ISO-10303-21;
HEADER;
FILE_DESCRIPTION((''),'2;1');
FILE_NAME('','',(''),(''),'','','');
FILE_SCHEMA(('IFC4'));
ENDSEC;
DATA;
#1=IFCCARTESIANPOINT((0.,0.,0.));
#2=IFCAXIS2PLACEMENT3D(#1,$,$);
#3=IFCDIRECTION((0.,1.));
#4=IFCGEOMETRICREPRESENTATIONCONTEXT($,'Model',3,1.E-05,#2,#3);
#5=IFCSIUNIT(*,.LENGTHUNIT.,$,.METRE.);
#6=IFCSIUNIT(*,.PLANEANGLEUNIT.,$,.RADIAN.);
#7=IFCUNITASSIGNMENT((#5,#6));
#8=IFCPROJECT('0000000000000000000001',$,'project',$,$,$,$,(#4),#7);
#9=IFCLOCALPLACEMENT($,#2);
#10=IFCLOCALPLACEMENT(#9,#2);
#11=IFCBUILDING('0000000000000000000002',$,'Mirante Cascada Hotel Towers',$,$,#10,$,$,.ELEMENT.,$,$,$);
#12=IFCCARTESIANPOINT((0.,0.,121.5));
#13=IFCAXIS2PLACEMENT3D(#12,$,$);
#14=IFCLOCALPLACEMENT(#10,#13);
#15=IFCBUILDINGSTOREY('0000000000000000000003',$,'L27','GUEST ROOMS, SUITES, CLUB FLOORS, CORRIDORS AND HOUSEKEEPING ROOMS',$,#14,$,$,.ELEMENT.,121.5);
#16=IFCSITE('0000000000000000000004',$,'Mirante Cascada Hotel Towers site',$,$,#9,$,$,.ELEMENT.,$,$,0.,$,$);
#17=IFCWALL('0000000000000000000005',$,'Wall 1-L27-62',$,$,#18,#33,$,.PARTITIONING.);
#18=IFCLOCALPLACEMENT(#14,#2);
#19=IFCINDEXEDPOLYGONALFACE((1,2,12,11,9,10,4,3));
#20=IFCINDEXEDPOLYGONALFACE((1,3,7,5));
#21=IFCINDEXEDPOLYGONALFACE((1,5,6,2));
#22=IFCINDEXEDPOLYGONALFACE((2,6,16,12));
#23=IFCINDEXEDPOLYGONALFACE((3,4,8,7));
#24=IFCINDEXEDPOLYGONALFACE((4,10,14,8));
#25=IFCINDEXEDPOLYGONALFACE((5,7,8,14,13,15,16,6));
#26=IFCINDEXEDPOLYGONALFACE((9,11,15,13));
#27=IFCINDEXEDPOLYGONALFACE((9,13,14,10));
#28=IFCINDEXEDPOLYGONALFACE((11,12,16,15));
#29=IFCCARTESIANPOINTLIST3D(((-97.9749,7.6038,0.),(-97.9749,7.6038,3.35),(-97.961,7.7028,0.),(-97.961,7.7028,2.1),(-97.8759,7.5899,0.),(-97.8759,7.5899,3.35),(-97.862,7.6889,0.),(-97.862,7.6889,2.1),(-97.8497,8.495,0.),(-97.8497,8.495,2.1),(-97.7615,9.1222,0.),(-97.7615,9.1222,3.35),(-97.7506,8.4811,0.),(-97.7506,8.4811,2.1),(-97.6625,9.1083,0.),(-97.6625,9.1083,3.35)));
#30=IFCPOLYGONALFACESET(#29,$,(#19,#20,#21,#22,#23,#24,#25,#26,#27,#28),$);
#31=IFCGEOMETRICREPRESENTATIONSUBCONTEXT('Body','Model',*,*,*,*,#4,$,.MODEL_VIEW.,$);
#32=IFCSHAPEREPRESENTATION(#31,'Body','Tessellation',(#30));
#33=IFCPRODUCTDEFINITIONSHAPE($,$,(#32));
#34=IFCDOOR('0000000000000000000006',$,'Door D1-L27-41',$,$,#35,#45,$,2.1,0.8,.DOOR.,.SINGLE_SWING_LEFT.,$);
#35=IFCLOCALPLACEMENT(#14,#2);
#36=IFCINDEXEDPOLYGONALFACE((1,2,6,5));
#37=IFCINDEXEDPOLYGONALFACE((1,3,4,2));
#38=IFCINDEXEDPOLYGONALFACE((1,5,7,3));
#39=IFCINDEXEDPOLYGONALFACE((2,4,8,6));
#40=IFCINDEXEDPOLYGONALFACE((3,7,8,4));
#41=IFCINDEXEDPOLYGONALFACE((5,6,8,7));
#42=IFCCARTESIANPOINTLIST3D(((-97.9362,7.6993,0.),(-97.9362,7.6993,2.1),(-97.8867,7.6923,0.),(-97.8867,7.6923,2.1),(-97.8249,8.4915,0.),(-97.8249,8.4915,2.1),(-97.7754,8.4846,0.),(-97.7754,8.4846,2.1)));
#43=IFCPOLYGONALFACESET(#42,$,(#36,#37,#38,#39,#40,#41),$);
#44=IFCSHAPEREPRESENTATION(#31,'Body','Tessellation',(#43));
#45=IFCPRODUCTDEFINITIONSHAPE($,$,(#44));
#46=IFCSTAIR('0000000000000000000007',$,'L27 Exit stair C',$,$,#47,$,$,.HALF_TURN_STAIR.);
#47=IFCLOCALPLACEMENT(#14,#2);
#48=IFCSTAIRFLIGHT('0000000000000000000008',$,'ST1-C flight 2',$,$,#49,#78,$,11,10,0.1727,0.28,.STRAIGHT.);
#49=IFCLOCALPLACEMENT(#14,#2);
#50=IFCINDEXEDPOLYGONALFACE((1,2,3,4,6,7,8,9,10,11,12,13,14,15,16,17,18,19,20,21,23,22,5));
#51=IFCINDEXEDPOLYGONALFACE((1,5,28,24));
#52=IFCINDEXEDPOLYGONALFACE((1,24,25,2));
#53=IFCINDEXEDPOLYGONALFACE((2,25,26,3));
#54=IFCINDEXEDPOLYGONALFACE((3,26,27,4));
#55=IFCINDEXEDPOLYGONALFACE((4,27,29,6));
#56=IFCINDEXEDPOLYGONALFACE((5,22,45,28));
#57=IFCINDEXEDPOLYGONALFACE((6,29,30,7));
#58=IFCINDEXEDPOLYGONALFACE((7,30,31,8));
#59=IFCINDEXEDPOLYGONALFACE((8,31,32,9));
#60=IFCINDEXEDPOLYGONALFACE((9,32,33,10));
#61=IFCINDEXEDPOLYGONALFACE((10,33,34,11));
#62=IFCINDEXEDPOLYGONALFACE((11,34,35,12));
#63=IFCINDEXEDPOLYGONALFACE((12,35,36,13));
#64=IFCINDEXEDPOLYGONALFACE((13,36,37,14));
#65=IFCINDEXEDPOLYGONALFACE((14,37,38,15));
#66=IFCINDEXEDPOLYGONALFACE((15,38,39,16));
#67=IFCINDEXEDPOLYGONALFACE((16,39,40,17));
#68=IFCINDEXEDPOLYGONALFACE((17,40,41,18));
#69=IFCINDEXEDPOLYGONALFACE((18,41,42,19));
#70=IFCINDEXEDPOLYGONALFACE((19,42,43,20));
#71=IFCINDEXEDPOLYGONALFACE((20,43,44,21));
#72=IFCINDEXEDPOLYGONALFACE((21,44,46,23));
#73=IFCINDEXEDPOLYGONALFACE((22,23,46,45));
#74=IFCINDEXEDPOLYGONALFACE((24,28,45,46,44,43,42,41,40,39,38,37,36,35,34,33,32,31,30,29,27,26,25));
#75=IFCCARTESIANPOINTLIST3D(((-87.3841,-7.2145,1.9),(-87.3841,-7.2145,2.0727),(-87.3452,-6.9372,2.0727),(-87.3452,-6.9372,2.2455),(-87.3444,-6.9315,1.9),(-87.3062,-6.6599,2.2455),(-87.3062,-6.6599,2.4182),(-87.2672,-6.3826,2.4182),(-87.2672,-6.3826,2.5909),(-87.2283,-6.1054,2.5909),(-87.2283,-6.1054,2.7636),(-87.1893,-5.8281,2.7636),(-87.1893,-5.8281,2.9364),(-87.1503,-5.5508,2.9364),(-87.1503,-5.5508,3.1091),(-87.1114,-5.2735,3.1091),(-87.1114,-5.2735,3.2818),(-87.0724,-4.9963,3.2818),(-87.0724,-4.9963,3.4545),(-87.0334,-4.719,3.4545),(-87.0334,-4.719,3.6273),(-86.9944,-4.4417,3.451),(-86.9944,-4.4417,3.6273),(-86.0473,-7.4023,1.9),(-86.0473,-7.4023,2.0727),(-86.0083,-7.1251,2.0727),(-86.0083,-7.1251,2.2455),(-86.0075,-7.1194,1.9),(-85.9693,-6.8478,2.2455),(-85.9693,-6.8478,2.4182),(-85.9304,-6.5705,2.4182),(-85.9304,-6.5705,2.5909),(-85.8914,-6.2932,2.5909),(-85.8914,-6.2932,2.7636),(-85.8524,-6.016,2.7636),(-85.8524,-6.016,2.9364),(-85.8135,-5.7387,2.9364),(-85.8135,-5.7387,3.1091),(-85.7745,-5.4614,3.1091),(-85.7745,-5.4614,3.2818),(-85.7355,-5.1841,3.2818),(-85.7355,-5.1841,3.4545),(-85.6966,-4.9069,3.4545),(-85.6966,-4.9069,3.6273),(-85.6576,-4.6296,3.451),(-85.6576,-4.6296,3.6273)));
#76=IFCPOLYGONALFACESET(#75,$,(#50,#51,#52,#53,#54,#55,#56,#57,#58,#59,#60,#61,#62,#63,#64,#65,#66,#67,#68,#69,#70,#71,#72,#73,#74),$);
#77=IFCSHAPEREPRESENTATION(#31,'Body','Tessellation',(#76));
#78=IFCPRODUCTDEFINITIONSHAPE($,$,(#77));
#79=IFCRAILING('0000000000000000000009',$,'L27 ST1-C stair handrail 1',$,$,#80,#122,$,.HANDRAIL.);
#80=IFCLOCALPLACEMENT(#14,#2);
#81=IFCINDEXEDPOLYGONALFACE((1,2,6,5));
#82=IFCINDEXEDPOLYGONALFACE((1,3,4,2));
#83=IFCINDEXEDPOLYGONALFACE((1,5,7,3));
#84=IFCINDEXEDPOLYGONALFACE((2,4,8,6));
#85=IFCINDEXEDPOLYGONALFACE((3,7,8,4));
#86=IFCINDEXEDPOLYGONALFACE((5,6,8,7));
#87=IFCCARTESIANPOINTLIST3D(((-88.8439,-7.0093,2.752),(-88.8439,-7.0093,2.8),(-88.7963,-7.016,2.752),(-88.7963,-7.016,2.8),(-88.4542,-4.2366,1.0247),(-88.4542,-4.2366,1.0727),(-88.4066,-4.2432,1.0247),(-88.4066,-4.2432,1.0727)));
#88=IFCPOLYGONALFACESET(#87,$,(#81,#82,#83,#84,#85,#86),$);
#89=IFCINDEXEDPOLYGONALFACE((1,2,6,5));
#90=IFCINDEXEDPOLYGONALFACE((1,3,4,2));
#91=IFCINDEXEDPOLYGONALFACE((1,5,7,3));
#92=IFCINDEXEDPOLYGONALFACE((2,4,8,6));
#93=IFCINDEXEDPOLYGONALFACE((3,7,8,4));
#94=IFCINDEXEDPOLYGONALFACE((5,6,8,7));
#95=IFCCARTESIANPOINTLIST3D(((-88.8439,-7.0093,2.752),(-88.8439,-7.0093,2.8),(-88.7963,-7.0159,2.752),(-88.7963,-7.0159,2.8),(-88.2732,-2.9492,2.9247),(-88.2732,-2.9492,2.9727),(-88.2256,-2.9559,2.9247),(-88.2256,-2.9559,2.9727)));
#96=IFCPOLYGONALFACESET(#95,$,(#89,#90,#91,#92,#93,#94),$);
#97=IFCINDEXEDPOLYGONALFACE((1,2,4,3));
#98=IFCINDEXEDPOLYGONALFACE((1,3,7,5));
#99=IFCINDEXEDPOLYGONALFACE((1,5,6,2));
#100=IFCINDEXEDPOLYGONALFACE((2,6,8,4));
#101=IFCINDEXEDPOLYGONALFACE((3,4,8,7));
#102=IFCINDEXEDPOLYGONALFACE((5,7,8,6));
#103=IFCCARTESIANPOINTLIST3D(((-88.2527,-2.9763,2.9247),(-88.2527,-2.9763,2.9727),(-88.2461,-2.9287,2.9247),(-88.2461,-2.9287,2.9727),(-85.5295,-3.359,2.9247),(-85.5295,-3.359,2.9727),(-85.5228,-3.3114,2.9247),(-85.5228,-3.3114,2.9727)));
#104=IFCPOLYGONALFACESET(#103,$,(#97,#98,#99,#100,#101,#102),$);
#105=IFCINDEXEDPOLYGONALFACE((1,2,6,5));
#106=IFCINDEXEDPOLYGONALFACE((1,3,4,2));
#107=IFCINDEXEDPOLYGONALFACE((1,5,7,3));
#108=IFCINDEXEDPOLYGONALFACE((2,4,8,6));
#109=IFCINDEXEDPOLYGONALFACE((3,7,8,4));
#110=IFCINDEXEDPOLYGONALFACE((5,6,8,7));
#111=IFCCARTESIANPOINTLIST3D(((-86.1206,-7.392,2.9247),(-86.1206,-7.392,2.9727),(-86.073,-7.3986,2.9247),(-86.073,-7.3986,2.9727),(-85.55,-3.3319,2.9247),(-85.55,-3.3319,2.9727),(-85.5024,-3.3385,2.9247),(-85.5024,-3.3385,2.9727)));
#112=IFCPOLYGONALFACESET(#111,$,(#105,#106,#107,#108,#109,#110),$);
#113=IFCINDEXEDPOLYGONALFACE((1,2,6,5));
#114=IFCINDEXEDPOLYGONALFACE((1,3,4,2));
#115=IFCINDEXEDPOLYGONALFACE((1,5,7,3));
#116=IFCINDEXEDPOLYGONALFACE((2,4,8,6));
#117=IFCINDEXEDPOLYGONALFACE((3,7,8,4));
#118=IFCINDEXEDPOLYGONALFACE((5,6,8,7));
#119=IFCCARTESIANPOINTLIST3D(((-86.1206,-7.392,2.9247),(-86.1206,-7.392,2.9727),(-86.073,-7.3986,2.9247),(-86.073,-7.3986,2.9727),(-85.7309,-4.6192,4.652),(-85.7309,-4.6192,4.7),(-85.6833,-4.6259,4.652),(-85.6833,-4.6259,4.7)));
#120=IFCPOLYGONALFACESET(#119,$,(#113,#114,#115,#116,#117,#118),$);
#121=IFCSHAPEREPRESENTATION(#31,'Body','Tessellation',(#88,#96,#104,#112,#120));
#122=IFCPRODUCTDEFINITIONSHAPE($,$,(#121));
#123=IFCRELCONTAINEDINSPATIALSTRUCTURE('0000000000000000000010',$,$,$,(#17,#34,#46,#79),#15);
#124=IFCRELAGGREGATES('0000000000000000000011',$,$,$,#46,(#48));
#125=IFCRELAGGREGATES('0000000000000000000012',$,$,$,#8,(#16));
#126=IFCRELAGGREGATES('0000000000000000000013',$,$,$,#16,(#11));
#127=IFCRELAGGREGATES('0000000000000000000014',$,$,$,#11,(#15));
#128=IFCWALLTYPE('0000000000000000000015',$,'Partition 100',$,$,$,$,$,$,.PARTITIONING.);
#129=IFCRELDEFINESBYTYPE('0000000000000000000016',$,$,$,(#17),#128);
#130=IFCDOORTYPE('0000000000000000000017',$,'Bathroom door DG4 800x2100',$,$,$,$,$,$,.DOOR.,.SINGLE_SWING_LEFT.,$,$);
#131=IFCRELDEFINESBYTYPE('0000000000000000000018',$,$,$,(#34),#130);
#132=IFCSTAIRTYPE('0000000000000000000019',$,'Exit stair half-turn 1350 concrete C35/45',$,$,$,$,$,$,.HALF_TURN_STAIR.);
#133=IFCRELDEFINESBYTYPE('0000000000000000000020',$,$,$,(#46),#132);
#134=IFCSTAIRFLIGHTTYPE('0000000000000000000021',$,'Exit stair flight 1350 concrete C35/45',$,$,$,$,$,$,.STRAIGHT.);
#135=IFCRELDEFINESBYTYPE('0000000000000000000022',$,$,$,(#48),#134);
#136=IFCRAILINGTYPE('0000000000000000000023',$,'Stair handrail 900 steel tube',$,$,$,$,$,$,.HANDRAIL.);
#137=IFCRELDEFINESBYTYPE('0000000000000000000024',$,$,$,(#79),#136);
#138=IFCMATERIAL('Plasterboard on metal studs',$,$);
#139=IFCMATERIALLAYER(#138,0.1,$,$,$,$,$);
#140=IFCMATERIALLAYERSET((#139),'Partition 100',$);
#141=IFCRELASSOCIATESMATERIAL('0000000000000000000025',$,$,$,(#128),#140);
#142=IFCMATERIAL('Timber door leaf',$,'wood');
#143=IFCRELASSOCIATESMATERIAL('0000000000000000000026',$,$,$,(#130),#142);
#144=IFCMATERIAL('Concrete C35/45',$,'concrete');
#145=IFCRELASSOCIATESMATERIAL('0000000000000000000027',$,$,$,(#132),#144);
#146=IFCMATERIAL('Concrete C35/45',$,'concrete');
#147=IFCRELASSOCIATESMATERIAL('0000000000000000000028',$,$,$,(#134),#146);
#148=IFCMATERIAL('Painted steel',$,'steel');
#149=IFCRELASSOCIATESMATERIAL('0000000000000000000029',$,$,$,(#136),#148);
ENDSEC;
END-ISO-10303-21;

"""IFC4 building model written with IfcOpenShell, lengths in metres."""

from ifc_helpers import new_model, si_unit, direction, frame, frame_2d, origin, origin_2d, place, context, subcontext, project, spatial, polyline, rectangle, outline, extrude, material, layer, layer_set, type_object, element, fill, aggregate, save


model = new_model("IFC4")

# Units and contexts
model_context = context("Model", 3, precision=1e-05, world=origin(), true_north=direction((0.0, 1.0)))
body_context = subcontext(model_context, "Body", "Model", "MODEL_VIEW")
ifc_project = project(units=[si_unit("LENGTHUNIT", "METRE"), si_unit("PLANEANGLEUNIT", "RADIAN")], contexts=[model_context])

# Site, building, storey
site_placement = place(None, origin())
site = spatial("IfcSite", under=ifc_project, at=site_placement, Name="Mirante Cascada Hotel Towers site", CompositionType="ELEMENT", RefElevation=0.0)
building_placement = place(site_placement, origin())
building = spatial("IfcBuilding", under=site, at=building_placement, Name="Mirante Cascada Hotel Towers", CompositionType="ELEMENT")
storey_placement = place(building_placement, frame((0.0, 0.0, 121.5)))
storey = spatial("IfcBuildingStorey", under=building, at=storey_placement, Name="L27", Description="GUEST ROOMS, SUITES, CLUB FLOORS, CORRIDORS AND HOUSEKEEPING ROOMS", CompositionType="ELEMENT", Elevation=121.5)

# Shared definitions
ifc_material_1 = material(Name="Plasterboard on metal studs")
ifc_layer_1 = layer(ifc_material_1, 0.1)
ifc_layer_set_1 = layer_set([ifc_layer_1], Name="Partition 100")
wall_type = type_object("IfcWallType", Name="Partition 100", PredefinedType="PARTITIONING", material=ifc_layer_set_1)

# Wall, opening, door
wall_1_placement = place(storey_placement, frame((-97.9254, 7.5968, 0.0), z_axis=(0.0, 0.0, 1.0), x_axis=(0.139175, 0.990268, 0.0)))
wall_1 = element("IfcWall", 1, at=wall_1_placement, inside=storey, type_object=wall_type, Name="Wall 1-L27-62", PredefinedType="PARTITIONING", context=body_context, shape_type="SweptSolid", body=[
    extrude(rectangle(XDim=1.5333, YDim=0.1, at=frame_2d((0.7667, 0.0))), origin(), (0.0, 0.0, 1.0), 3.35),
])
opening_1_placement = place(wall_1_placement, frame((0.1, 0.0, 0.0)))
opening_1 = element("IfcOpeningElement", 2, at=opening_1_placement, cuts=wall_1, PredefinedType="OPENING", context=body_context, shape_type="SweptSolid", body=[
    extrude(rectangle(XDim=0.8, YDim=2.1, at=frame_2d((0.4, 1.05))), frame((0.0, 0.05, 0.0), z_axis=(0.0, -1.0, 0.0), x_axis=(1.0, 0.0, 0.0)), (0.0, 0.0, 1.0), 0.1),
])
ifc_material_2 = material(Name="Timber door leaf", Category="wood")
door_type_1 = type_object("IfcDoorType", Name="Bathroom door DG4 800x2100", OperationType="SINGLE_SWING_LEFT", PredefinedType="DOOR", material=ifc_material_2)
door_1_placement = place(opening_1_placement, origin())
door_1 = element("IfcDoor", 3, at=door_1_placement, inside=storey, type_object=door_type_1, Name="Door D1-L27-41", OperationType="SINGLE_SWING_LEFT", OverallHeight=2.1, OverallWidth=0.8, PredefinedType="DOOR", context=body_context, shape_type="SweptSolid", body=[
    extrude(rectangle(XDim=0.8, YDim=2.1, at=frame_2d((0.4, 1.05))), frame((0.0, 0.025, 0.0), z_axis=(0.0, -1.0, 0.0), x_axis=(1.0, 0.0, 0.0)), (0.0, 0.0, 1.0), 0.05),
])
fill(opening_1, door_1)

# Stair, stair flight
ifc_material_3 = material(Name="Concrete C35/45", Category="concrete")
stair_type = type_object("IfcStairType", Name="Exit stair half-turn 1350 concrete C35/45", PredefinedType="HALF_TURN_STAIR", material=ifc_material_3)
stair_placement = place(storey_placement, origin())
stair = element("IfcStair", 4, at=stair_placement, inside=storey, type_object=stair_type, Name="L27 Exit stair C", PredefinedType="HALF_TURN_STAIR")
ifc_material_4 = material(Name="Concrete C35/45", Category="concrete")
stair_flight_type = type_object("IfcStairFlightType", Name="Exit stair flight 1350 concrete C35/45", PredefinedType="STRAIGHT", material=ifc_material_4)
stair_flight_placement = place(storey_placement, frame((-86.7157, -7.3084, 1.9), z_axis=(0.0, 0.0, 1.0), x_axis=(0.139173, 0.990268, 0.0)))
stair_flight = element("IfcStairFlight", 5, at=stair_flight_placement, type_object=stair_flight_type, Name="ST1-C flight 2", NumberOfRisers=11, NumberOfTreads=10, PredefinedType="STRAIGHT", RiserHeight=0.1727, TreadLength=0.28, context=body_context, shape_type="SweptSolid", body=[
    extrude(outline(polyline([(0.0, 0.0), (0.0, 0.1727), (0.28, 0.1727), (0.28, 0.3455), (0.56, 0.3455), (0.56, 0.5182), (0.84, 0.5182), (0.84, 0.6909), (1.12, 0.6909), (1.12, 0.8636), (1.4, 0.8636), (1.4, 1.0364), (1.68, 1.0364), (1.68, 1.2091), (1.96, 1.2091), (1.96, 1.3818), (2.24, 1.3818), (2.24, 1.5545), (2.52, 1.5545), (2.52, 1.7273), (2.8, 1.7273), (2.8, 1.9), (2.8, 1.551), (0.2857, 0.0), (0.0, 0.0)])), frame((0.0, 0.675, 0.0), z_axis=(0.0, -1.0, 0.0), x_axis=(1.0, 0.0, 0.0)), (0.0, 0.0, 1.0), 1.35),
])
aggregate(stair, [stair_flight])

# Railing
ifc_material_5 = material(Name="Painted steel", Category="steel")
railing_type = type_object("IfcRailingType", Name="Stair handrail 900 steel tube", PredefinedType="HANDRAIL", material=ifc_material_5)
railing_placement = place(storey_placement, frame((-88.4304, -4.2399, 0.1727)))
element("IfcRailing", 6, at=railing_placement, inside=storey, type_object=railing_type, Name="L27 ST1-C stair handrail 1", PredefinedType="HANDRAIL", context=body_context, shape_type="SweptSolid", body=[
    extrude(rectangle(XDim=0.048, YDim=0.048, at=origin_2d()), frame((0.0, 0.0, 0.876), z_axis=(-0.139181, -0.990267, 0.0), x_axis=(0.990267, -0.139181, 0.0)), (0.0, 0.525035, 0.851081), 3.2899),
    extrude(rectangle(XDim=0.048, YDim=0.048, at=origin_2d()), frame((-0.3897, -2.7727, 2.6033), z_axis=(0.139195, 0.990265, 0.0), x_axis=(-0.990265, 0.139195, 0.0)), (0.0, 0.042084, 0.999114), 4.1036),
    extrude(rectangle(XDim=0.048, YDim=0.048, at=origin_2d()), frame((0.181, 1.2874, 2.776), z_axis=(0.990269, -0.139166, 0.0), x_axis=(0.139166, 0.990269, 0.0)), (0.0, 0.0, 1.0), 2.75),
    extrude(rectangle(XDim=0.048, YDim=0.048, at=origin_2d()), frame((2.9042, 0.9047, 2.776), z_axis=(-0.139171, -0.990268, 0.0), x_axis=(0.990268, -0.139171, 0.0)), (0.0, 0.0, 1.0), 4.1),
    extrude(rectangle(XDim=0.048, YDim=0.048, at=origin_2d()), frame((2.3336, -3.1554, 2.776), z_axis=(0.139181, 0.990267, 0.0), x_axis=(-0.990267, 0.139181, 0.0)), (0.0, 0.525035, 0.851081), 3.2899),
])

save(model, "model.ifc")
